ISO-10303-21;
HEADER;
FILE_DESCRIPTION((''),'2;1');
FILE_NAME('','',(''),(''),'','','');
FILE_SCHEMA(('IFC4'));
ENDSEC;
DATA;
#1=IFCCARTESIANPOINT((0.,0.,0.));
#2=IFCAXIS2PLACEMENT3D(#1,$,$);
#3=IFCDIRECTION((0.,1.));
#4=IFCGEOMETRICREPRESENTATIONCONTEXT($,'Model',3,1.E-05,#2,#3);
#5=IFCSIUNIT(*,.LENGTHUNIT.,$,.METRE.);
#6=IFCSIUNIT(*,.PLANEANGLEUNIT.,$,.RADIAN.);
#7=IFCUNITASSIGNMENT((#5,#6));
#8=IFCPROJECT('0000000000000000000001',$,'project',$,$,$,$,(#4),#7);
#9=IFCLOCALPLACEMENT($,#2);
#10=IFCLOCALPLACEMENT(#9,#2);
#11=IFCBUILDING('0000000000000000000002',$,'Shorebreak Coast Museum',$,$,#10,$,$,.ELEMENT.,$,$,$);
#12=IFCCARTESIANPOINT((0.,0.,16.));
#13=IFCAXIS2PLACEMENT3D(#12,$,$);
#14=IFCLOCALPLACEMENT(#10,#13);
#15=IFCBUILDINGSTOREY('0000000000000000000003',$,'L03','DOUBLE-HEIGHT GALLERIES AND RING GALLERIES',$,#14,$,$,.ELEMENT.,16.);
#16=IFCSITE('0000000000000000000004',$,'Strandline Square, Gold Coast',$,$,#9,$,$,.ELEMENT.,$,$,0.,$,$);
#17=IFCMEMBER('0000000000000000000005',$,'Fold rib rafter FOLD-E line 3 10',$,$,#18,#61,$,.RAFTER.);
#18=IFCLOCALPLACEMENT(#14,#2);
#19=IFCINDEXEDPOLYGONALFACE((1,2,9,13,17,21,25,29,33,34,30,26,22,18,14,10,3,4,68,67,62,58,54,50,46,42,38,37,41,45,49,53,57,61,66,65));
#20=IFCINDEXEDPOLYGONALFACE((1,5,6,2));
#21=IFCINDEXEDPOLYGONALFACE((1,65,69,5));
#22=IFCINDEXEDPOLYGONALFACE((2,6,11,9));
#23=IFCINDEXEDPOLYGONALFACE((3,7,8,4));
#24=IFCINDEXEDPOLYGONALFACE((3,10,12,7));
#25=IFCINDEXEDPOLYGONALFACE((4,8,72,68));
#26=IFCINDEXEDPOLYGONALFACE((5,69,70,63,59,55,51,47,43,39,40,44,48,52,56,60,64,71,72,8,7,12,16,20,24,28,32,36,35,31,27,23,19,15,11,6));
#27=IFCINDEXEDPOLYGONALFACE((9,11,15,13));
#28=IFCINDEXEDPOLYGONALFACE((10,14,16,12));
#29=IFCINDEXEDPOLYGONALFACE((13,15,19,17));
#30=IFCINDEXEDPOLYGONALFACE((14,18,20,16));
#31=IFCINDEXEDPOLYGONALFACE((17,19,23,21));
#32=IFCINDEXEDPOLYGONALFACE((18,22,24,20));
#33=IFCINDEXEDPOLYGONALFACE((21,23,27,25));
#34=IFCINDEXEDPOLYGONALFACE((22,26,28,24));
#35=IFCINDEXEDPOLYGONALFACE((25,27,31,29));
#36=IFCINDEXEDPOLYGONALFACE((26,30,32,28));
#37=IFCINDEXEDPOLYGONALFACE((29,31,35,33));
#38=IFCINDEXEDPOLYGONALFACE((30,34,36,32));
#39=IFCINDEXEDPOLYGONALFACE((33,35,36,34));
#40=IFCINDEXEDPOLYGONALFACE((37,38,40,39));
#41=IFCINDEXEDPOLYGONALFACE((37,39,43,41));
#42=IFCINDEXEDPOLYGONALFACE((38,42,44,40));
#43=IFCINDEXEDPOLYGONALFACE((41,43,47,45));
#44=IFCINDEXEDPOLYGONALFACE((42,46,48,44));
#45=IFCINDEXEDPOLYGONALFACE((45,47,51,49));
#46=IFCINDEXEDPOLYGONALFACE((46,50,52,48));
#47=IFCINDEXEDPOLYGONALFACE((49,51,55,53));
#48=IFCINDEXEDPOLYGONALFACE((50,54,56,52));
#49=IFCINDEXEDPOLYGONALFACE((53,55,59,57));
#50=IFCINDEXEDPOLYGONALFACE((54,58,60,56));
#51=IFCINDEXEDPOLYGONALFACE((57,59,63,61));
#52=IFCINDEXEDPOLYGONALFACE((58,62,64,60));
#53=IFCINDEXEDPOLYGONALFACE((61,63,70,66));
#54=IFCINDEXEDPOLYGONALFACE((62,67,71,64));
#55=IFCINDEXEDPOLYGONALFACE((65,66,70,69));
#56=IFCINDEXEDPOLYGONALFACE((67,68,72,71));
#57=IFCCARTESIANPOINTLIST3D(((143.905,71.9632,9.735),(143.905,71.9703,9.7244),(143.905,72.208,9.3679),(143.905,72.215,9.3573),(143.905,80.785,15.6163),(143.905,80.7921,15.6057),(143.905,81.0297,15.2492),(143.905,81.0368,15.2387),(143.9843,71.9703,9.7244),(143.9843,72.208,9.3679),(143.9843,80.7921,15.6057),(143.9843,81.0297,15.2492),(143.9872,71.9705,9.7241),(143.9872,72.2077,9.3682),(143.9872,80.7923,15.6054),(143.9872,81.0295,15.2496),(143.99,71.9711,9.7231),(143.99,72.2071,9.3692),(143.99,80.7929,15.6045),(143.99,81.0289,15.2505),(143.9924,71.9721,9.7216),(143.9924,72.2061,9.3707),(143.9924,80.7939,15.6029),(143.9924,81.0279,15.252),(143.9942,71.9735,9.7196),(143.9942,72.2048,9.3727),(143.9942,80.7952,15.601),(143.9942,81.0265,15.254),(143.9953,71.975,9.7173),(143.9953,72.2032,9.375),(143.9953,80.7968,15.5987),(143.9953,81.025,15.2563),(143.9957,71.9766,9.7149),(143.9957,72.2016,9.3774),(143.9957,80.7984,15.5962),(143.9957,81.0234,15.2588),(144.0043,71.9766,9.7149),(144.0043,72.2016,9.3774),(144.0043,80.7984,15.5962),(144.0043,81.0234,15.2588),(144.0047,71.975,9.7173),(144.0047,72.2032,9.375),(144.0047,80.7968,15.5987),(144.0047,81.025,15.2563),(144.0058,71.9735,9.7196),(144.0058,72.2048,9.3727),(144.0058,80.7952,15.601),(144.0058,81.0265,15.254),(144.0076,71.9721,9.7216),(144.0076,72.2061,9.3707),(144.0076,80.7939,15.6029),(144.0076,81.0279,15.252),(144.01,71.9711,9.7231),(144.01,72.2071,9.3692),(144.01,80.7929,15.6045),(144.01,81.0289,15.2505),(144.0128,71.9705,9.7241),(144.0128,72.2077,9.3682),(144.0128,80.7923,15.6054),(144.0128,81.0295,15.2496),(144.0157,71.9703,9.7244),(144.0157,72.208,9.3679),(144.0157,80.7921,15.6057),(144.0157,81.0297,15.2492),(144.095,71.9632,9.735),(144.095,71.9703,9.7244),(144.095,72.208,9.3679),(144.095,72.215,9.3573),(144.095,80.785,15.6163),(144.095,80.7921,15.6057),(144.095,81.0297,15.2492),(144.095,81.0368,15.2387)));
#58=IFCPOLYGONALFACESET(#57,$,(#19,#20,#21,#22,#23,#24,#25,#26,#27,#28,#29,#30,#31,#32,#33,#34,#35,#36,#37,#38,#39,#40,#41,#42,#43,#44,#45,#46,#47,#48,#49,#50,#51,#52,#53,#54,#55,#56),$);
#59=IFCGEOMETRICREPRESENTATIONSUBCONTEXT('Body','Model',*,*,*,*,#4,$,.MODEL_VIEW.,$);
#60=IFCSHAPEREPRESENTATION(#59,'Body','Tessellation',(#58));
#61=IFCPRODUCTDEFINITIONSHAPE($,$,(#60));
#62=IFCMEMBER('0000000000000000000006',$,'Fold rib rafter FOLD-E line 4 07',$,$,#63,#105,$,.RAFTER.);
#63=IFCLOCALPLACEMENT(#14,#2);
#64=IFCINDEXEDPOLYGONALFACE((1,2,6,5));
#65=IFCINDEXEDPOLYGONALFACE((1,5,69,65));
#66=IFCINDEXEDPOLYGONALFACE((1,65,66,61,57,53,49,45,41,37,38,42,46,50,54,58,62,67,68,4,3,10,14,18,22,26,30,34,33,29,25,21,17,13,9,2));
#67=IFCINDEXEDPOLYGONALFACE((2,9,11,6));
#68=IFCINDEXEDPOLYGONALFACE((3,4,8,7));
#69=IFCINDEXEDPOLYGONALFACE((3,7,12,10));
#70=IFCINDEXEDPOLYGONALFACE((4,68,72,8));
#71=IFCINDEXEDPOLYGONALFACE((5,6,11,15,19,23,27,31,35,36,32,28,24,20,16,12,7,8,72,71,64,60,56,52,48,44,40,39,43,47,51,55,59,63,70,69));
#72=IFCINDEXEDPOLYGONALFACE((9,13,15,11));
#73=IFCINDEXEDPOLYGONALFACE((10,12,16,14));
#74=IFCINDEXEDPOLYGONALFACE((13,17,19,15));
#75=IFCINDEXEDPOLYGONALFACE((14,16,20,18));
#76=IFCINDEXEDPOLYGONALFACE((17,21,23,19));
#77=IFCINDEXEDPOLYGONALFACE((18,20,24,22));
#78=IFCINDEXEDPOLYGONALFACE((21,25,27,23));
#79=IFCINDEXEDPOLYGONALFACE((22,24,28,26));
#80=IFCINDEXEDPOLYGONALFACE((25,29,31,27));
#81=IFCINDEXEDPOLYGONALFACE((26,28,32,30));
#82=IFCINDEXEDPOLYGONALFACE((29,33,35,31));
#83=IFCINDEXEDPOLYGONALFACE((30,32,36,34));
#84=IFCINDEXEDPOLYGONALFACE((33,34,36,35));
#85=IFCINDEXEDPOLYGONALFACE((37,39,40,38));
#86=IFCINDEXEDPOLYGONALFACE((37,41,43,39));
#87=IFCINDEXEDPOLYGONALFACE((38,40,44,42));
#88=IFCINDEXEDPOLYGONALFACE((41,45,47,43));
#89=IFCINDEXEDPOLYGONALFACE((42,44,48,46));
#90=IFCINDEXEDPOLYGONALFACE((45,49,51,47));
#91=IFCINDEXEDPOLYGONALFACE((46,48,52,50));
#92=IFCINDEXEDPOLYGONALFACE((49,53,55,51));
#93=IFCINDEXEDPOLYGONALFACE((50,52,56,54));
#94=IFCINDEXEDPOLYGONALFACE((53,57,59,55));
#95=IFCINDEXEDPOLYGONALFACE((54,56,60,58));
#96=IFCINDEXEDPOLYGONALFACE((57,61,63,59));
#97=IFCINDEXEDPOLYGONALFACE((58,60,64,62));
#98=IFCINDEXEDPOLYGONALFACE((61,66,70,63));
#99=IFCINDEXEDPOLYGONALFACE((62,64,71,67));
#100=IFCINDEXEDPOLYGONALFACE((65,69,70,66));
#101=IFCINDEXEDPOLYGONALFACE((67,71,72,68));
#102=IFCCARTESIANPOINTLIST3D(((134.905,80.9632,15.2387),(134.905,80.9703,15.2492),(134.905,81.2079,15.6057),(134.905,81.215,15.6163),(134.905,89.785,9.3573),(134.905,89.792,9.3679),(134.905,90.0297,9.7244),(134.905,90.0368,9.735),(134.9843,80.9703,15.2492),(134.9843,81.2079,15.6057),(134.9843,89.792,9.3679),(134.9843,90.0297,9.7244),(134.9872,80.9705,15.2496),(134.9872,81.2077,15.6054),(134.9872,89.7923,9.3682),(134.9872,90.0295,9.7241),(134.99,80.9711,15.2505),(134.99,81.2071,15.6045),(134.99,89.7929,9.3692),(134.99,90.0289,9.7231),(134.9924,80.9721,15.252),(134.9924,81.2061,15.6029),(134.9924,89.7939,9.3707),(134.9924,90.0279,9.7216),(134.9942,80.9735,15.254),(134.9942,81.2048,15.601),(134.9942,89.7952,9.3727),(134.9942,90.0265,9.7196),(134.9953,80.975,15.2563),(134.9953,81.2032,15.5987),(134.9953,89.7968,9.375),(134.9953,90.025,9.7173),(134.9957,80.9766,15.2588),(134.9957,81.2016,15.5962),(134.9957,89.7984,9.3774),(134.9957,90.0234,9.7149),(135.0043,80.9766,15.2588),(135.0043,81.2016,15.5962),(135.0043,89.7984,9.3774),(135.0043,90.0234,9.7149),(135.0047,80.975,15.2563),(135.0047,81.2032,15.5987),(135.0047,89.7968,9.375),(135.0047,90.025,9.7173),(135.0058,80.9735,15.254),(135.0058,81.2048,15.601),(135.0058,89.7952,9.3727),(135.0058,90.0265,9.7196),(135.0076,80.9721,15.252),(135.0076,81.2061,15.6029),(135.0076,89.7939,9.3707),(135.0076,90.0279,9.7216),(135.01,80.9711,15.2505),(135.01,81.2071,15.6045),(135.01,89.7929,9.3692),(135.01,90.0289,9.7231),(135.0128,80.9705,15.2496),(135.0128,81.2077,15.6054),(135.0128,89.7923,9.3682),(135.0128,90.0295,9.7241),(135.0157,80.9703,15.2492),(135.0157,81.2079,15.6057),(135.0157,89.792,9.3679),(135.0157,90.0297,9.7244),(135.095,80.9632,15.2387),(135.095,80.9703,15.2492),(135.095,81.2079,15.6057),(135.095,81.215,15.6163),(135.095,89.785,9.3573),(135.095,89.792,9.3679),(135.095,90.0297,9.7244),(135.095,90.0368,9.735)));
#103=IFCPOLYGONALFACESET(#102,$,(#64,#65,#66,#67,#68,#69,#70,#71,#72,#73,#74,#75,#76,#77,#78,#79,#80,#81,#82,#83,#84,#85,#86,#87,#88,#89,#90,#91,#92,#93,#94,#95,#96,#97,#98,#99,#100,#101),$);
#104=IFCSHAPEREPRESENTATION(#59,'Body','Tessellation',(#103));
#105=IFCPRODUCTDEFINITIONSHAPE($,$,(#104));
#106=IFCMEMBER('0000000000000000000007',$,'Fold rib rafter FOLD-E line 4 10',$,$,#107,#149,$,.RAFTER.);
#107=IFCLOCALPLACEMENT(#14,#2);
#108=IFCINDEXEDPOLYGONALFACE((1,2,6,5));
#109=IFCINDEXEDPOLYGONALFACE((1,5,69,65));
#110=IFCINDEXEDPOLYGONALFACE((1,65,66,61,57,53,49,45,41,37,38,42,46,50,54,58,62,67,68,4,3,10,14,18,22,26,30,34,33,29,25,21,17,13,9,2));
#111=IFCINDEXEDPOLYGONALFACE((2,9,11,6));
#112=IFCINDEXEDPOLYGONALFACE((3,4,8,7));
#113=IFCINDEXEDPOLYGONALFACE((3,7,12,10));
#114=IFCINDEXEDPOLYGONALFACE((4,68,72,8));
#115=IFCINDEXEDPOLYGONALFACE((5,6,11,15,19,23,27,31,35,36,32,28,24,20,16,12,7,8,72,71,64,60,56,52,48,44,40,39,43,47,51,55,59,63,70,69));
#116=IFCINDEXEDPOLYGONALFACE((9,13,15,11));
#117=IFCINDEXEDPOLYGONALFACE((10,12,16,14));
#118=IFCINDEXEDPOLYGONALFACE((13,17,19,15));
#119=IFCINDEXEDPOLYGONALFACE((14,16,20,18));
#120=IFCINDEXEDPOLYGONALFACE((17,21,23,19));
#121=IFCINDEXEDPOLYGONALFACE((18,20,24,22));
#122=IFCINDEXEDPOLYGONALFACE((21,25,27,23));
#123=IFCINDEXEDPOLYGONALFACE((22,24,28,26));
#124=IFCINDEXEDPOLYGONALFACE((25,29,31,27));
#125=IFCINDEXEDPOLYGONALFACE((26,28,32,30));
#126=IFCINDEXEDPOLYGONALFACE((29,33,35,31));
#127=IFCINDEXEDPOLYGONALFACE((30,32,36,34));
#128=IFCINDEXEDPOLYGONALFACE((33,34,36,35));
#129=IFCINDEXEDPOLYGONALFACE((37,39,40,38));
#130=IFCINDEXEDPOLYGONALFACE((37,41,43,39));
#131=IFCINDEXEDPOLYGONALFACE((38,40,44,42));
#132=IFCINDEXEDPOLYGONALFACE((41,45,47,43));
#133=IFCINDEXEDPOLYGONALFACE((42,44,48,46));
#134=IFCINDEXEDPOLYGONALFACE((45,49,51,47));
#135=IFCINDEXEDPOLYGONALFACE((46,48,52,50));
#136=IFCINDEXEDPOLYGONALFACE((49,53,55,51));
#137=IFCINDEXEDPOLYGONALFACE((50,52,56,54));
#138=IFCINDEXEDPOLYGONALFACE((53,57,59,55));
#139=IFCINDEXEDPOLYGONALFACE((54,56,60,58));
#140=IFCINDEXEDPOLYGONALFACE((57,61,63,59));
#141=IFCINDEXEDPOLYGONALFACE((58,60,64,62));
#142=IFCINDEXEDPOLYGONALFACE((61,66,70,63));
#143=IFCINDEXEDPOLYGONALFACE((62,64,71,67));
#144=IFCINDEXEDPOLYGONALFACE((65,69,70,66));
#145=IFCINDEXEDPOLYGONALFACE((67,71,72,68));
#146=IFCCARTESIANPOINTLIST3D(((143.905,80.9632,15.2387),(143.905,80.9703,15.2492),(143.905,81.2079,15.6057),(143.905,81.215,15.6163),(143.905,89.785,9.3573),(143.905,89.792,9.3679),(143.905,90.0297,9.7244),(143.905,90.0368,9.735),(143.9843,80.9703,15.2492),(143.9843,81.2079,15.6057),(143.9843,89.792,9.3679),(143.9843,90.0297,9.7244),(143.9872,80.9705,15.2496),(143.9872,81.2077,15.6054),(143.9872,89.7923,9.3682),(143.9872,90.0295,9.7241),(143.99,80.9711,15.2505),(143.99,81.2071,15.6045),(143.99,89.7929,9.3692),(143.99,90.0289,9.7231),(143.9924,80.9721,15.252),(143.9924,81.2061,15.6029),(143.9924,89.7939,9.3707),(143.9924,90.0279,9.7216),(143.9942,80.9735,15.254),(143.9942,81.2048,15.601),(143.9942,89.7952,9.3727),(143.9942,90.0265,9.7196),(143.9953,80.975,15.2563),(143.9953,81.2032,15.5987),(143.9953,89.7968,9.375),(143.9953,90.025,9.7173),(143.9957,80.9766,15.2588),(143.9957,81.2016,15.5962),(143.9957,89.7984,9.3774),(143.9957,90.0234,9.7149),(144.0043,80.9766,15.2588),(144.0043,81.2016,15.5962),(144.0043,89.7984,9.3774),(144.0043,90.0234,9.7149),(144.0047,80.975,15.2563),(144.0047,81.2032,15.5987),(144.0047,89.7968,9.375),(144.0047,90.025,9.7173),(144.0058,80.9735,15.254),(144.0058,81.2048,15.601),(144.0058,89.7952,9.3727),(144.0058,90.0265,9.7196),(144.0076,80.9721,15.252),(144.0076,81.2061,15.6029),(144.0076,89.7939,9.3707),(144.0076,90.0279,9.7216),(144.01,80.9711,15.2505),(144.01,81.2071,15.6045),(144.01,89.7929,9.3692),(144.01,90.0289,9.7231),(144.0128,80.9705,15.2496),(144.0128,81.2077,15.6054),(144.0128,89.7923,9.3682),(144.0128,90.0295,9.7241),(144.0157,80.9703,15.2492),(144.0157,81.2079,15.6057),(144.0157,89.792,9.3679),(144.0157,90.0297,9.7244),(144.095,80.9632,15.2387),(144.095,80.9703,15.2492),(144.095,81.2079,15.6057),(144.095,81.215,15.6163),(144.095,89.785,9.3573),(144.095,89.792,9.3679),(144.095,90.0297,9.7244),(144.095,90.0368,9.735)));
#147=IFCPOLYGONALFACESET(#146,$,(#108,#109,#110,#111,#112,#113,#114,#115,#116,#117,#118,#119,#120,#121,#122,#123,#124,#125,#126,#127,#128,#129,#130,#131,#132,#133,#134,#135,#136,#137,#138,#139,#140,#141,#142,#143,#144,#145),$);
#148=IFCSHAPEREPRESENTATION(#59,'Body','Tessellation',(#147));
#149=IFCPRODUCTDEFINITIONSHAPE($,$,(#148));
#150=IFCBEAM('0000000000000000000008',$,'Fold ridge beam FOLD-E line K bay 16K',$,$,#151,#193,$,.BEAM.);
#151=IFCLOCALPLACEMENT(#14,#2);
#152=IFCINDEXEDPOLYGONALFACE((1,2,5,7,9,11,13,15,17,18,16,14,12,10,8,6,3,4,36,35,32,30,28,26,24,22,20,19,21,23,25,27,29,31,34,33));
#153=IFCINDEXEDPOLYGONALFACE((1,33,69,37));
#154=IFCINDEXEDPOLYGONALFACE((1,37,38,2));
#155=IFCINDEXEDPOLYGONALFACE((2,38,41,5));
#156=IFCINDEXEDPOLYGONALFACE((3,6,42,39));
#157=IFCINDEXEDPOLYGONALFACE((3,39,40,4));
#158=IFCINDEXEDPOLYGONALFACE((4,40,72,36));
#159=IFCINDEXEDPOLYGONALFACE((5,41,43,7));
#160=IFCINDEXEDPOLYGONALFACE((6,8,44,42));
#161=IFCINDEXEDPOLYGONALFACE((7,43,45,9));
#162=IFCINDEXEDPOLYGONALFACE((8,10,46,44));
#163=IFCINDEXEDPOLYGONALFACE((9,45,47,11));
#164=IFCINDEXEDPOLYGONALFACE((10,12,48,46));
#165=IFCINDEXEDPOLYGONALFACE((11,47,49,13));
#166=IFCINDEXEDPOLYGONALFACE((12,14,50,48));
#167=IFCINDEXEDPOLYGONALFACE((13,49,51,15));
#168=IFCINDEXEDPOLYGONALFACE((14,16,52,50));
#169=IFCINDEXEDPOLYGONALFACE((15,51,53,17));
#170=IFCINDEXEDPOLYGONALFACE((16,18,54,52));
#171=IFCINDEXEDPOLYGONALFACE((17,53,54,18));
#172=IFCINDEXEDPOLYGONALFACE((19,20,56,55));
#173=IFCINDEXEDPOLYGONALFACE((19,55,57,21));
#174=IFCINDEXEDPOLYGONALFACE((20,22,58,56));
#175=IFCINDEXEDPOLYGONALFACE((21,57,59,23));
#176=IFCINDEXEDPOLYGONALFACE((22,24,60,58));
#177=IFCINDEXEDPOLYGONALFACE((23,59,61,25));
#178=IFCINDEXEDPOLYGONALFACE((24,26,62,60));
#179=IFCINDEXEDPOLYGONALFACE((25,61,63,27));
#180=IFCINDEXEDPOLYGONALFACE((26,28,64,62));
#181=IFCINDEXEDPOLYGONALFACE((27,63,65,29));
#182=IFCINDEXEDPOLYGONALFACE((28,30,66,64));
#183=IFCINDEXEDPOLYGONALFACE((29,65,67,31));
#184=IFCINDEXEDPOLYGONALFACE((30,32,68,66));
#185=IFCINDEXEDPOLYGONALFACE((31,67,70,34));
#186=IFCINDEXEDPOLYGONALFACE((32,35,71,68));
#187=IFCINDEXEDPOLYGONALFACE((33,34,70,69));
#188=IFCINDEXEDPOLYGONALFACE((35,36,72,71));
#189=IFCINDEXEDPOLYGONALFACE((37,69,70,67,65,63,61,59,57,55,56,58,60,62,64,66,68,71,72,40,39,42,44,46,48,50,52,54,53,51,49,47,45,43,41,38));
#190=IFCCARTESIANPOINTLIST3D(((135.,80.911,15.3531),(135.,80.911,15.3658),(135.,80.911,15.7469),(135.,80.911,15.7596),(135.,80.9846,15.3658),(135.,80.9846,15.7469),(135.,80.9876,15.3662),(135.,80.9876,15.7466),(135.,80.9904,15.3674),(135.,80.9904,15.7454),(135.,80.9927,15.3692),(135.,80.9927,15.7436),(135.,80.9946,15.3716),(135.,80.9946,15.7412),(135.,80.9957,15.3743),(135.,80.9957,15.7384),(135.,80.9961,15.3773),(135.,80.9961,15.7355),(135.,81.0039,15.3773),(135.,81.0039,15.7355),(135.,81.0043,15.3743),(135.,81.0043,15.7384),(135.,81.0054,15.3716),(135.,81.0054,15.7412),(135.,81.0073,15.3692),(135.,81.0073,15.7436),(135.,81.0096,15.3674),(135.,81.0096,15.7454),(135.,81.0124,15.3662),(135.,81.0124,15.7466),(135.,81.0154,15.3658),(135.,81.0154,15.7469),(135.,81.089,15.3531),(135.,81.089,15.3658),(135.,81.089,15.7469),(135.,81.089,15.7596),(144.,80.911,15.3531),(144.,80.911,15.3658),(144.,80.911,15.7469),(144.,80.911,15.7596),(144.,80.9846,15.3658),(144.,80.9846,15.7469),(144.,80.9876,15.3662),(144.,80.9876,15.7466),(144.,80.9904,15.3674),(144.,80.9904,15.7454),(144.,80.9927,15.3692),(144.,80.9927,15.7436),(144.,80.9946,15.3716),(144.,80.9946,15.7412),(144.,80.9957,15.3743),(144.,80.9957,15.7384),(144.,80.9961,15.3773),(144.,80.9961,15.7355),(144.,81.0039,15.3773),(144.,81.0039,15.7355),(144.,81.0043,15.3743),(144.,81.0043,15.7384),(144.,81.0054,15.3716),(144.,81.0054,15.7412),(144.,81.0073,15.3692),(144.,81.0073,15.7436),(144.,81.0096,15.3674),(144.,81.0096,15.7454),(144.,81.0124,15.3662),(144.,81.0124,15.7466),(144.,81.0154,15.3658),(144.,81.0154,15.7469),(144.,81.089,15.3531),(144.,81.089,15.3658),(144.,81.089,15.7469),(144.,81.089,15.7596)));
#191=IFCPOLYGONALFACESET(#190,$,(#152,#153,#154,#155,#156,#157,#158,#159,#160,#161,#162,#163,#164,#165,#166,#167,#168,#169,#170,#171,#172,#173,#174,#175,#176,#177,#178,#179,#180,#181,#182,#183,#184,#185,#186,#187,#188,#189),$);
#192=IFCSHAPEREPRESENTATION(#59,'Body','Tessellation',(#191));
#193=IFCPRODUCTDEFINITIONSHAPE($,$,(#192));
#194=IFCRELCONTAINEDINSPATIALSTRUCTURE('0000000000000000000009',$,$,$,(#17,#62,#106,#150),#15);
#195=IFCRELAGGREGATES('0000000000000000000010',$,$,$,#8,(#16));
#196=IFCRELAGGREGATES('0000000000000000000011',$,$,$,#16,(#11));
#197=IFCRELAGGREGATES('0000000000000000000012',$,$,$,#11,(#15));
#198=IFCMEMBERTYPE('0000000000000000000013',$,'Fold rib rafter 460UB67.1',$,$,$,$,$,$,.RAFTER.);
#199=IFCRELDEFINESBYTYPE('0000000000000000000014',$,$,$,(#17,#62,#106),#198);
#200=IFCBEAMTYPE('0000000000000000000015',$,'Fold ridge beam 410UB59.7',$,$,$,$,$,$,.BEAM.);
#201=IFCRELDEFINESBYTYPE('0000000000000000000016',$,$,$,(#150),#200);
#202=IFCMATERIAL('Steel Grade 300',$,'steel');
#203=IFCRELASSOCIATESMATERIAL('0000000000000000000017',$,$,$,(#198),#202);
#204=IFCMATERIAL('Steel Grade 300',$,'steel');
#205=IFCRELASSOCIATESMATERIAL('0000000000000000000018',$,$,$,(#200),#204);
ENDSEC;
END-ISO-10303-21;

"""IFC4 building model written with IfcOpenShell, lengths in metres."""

from ifc_helpers import new_model, si_unit, direction, frame, origin, origin_2d, place, context, subcontext, project, spatial, i_section, extrude, material, material_profile, profile_set, type_object, element, save


model = new_model("IFC4")

# Units and contexts
model_context = context("Model", 3, precision=1e-05, world=origin(), true_north=direction((0.0, 1.0)))
body_context = subcontext(model_context, "Body", "Model", "MODEL_VIEW")
ifc_project = project(units=[si_unit("LENGTHUNIT", "METRE"), si_unit("PLANEANGLEUNIT", "RADIAN")], contexts=[model_context])

# Site, building, storey
site_placement = place(None, origin())
site = spatial("IfcSite", under=ifc_project, at=site_placement, Name="Strandline Square, Gold Coast", CompositionType="ELEMENT", RefElevation=0.0)
building_placement = place(site_placement, origin())
building = spatial("IfcBuilding", under=site, at=building_placement, Name="Shorebreak Coast Museum", CompositionType="ELEMENT")
storey_placement = place(building_placement, frame((0.0, 0.0, 16.0)))
storey = spatial("IfcBuildingStorey", under=building, at=storey_placement, Name="L03", Description="DOUBLE-HEIGHT GALLERIES AND RING GALLERIES", CompositionType="ELEMENT", Elevation=16.0)

# Members
ifc_material_1 = material(Name="Steel Grade 300", Category="steel")
ifc_material_profile_1 = material_profile(ifc_material_1, i_section(OverallWidth=0.1899, OverallDepth=0.4539, WebThickness=0.0085, FlangeThickness=0.0127, FilletRadius=0.0115, at=origin_2d()), Name="460UB67.1")
ifc_profile_set_1 = profile_set([ifc_material_profile_1], Name="Steel Grade 300")
member_type_1 = type_object("IfcMemberType", Name="Fold rib rafter 460UB67.1", PredefinedType="RAFTER", material=ifc_profile_set_1)
for number, where, z_axis, x_axis, name in (
    (1, (144.0, 80.9109, 15.4275), (0.0, -0.832043, -0.554711), (1.0, 0.0, 0.0), "Fold rib rafter FOLD-E line 3 10"),
    (2, (135.0, 81.0891, 15.4275), (0.0, 0.832043, -0.554711), (-1.0, 0.0, 0.0), "Fold rib rafter FOLD-E line 4 07"),
    (3, (144.0, 81.0891, 15.4275), (0.0, 0.832043, -0.554711), (-1.0, 0.0, 0.0), "Fold rib rafter FOLD-E line 4 10"),
):
    element("IfcMember", number, at=place(storey_placement, frame(where, z_axis=z_axis, x_axis=x_axis)), inside=storey, type_object=member_type_1, Name=name, PredefinedType="RAFTER", context=body_context, shape_type="SweptSolid", body=[
        extrude(i_section(OverallWidth=0.1899, OverallDepth=0.4539, WebThickness=0.0085, FlangeThickness=0.0127, FilletRadius=0.0115, at=origin_2d()), origin(), (0.0, 0.0, 1.0), 10.6025),
    ])

# Beam
ifc_material_2 = material(Name="Steel Grade 300", Category="steel")
ifc_material_profile_2 = material_profile(ifc_material_2, i_section(OverallWidth=0.178, OverallDepth=0.4065, WebThickness=0.0078, FlangeThickness=0.0127, FilletRadius=0.0115, at=origin_2d()), Name="410UB59.7")
ifc_profile_set_2 = profile_set([ifc_material_profile_2], Name="Steel Grade 300")
beam_type_1 = type_object("IfcBeamType", Name="Fold ridge beam 410UB59.7", PredefinedType="BEAM", material=ifc_profile_set_2)
for number, where, z_axis, x_axis, name in (
    (4, (135.0, 81.0, 15.5564), (1.0, 0.0, 0.0), (0.0, 1.0, 0.0), "Fold ridge beam FOLD-E line K bay 16K"),
):
    element("IfcBeam", number, at=place(storey_placement, frame(where, z_axis=z_axis, x_axis=x_axis)), inside=storey, type_object=beam_type_1, Name=name, PredefinedType="BEAM", context=body_context, shape_type="SweptSolid", body=[
        extrude(i_section(OverallWidth=0.178, OverallDepth=0.4065, WebThickness=0.0078, FlangeThickness=0.0127, FilletRadius=0.0115, at=origin_2d()), origin(), (0.0, 0.0, 1.0), 9.0),
    ])

save(model, "model.ifc")
